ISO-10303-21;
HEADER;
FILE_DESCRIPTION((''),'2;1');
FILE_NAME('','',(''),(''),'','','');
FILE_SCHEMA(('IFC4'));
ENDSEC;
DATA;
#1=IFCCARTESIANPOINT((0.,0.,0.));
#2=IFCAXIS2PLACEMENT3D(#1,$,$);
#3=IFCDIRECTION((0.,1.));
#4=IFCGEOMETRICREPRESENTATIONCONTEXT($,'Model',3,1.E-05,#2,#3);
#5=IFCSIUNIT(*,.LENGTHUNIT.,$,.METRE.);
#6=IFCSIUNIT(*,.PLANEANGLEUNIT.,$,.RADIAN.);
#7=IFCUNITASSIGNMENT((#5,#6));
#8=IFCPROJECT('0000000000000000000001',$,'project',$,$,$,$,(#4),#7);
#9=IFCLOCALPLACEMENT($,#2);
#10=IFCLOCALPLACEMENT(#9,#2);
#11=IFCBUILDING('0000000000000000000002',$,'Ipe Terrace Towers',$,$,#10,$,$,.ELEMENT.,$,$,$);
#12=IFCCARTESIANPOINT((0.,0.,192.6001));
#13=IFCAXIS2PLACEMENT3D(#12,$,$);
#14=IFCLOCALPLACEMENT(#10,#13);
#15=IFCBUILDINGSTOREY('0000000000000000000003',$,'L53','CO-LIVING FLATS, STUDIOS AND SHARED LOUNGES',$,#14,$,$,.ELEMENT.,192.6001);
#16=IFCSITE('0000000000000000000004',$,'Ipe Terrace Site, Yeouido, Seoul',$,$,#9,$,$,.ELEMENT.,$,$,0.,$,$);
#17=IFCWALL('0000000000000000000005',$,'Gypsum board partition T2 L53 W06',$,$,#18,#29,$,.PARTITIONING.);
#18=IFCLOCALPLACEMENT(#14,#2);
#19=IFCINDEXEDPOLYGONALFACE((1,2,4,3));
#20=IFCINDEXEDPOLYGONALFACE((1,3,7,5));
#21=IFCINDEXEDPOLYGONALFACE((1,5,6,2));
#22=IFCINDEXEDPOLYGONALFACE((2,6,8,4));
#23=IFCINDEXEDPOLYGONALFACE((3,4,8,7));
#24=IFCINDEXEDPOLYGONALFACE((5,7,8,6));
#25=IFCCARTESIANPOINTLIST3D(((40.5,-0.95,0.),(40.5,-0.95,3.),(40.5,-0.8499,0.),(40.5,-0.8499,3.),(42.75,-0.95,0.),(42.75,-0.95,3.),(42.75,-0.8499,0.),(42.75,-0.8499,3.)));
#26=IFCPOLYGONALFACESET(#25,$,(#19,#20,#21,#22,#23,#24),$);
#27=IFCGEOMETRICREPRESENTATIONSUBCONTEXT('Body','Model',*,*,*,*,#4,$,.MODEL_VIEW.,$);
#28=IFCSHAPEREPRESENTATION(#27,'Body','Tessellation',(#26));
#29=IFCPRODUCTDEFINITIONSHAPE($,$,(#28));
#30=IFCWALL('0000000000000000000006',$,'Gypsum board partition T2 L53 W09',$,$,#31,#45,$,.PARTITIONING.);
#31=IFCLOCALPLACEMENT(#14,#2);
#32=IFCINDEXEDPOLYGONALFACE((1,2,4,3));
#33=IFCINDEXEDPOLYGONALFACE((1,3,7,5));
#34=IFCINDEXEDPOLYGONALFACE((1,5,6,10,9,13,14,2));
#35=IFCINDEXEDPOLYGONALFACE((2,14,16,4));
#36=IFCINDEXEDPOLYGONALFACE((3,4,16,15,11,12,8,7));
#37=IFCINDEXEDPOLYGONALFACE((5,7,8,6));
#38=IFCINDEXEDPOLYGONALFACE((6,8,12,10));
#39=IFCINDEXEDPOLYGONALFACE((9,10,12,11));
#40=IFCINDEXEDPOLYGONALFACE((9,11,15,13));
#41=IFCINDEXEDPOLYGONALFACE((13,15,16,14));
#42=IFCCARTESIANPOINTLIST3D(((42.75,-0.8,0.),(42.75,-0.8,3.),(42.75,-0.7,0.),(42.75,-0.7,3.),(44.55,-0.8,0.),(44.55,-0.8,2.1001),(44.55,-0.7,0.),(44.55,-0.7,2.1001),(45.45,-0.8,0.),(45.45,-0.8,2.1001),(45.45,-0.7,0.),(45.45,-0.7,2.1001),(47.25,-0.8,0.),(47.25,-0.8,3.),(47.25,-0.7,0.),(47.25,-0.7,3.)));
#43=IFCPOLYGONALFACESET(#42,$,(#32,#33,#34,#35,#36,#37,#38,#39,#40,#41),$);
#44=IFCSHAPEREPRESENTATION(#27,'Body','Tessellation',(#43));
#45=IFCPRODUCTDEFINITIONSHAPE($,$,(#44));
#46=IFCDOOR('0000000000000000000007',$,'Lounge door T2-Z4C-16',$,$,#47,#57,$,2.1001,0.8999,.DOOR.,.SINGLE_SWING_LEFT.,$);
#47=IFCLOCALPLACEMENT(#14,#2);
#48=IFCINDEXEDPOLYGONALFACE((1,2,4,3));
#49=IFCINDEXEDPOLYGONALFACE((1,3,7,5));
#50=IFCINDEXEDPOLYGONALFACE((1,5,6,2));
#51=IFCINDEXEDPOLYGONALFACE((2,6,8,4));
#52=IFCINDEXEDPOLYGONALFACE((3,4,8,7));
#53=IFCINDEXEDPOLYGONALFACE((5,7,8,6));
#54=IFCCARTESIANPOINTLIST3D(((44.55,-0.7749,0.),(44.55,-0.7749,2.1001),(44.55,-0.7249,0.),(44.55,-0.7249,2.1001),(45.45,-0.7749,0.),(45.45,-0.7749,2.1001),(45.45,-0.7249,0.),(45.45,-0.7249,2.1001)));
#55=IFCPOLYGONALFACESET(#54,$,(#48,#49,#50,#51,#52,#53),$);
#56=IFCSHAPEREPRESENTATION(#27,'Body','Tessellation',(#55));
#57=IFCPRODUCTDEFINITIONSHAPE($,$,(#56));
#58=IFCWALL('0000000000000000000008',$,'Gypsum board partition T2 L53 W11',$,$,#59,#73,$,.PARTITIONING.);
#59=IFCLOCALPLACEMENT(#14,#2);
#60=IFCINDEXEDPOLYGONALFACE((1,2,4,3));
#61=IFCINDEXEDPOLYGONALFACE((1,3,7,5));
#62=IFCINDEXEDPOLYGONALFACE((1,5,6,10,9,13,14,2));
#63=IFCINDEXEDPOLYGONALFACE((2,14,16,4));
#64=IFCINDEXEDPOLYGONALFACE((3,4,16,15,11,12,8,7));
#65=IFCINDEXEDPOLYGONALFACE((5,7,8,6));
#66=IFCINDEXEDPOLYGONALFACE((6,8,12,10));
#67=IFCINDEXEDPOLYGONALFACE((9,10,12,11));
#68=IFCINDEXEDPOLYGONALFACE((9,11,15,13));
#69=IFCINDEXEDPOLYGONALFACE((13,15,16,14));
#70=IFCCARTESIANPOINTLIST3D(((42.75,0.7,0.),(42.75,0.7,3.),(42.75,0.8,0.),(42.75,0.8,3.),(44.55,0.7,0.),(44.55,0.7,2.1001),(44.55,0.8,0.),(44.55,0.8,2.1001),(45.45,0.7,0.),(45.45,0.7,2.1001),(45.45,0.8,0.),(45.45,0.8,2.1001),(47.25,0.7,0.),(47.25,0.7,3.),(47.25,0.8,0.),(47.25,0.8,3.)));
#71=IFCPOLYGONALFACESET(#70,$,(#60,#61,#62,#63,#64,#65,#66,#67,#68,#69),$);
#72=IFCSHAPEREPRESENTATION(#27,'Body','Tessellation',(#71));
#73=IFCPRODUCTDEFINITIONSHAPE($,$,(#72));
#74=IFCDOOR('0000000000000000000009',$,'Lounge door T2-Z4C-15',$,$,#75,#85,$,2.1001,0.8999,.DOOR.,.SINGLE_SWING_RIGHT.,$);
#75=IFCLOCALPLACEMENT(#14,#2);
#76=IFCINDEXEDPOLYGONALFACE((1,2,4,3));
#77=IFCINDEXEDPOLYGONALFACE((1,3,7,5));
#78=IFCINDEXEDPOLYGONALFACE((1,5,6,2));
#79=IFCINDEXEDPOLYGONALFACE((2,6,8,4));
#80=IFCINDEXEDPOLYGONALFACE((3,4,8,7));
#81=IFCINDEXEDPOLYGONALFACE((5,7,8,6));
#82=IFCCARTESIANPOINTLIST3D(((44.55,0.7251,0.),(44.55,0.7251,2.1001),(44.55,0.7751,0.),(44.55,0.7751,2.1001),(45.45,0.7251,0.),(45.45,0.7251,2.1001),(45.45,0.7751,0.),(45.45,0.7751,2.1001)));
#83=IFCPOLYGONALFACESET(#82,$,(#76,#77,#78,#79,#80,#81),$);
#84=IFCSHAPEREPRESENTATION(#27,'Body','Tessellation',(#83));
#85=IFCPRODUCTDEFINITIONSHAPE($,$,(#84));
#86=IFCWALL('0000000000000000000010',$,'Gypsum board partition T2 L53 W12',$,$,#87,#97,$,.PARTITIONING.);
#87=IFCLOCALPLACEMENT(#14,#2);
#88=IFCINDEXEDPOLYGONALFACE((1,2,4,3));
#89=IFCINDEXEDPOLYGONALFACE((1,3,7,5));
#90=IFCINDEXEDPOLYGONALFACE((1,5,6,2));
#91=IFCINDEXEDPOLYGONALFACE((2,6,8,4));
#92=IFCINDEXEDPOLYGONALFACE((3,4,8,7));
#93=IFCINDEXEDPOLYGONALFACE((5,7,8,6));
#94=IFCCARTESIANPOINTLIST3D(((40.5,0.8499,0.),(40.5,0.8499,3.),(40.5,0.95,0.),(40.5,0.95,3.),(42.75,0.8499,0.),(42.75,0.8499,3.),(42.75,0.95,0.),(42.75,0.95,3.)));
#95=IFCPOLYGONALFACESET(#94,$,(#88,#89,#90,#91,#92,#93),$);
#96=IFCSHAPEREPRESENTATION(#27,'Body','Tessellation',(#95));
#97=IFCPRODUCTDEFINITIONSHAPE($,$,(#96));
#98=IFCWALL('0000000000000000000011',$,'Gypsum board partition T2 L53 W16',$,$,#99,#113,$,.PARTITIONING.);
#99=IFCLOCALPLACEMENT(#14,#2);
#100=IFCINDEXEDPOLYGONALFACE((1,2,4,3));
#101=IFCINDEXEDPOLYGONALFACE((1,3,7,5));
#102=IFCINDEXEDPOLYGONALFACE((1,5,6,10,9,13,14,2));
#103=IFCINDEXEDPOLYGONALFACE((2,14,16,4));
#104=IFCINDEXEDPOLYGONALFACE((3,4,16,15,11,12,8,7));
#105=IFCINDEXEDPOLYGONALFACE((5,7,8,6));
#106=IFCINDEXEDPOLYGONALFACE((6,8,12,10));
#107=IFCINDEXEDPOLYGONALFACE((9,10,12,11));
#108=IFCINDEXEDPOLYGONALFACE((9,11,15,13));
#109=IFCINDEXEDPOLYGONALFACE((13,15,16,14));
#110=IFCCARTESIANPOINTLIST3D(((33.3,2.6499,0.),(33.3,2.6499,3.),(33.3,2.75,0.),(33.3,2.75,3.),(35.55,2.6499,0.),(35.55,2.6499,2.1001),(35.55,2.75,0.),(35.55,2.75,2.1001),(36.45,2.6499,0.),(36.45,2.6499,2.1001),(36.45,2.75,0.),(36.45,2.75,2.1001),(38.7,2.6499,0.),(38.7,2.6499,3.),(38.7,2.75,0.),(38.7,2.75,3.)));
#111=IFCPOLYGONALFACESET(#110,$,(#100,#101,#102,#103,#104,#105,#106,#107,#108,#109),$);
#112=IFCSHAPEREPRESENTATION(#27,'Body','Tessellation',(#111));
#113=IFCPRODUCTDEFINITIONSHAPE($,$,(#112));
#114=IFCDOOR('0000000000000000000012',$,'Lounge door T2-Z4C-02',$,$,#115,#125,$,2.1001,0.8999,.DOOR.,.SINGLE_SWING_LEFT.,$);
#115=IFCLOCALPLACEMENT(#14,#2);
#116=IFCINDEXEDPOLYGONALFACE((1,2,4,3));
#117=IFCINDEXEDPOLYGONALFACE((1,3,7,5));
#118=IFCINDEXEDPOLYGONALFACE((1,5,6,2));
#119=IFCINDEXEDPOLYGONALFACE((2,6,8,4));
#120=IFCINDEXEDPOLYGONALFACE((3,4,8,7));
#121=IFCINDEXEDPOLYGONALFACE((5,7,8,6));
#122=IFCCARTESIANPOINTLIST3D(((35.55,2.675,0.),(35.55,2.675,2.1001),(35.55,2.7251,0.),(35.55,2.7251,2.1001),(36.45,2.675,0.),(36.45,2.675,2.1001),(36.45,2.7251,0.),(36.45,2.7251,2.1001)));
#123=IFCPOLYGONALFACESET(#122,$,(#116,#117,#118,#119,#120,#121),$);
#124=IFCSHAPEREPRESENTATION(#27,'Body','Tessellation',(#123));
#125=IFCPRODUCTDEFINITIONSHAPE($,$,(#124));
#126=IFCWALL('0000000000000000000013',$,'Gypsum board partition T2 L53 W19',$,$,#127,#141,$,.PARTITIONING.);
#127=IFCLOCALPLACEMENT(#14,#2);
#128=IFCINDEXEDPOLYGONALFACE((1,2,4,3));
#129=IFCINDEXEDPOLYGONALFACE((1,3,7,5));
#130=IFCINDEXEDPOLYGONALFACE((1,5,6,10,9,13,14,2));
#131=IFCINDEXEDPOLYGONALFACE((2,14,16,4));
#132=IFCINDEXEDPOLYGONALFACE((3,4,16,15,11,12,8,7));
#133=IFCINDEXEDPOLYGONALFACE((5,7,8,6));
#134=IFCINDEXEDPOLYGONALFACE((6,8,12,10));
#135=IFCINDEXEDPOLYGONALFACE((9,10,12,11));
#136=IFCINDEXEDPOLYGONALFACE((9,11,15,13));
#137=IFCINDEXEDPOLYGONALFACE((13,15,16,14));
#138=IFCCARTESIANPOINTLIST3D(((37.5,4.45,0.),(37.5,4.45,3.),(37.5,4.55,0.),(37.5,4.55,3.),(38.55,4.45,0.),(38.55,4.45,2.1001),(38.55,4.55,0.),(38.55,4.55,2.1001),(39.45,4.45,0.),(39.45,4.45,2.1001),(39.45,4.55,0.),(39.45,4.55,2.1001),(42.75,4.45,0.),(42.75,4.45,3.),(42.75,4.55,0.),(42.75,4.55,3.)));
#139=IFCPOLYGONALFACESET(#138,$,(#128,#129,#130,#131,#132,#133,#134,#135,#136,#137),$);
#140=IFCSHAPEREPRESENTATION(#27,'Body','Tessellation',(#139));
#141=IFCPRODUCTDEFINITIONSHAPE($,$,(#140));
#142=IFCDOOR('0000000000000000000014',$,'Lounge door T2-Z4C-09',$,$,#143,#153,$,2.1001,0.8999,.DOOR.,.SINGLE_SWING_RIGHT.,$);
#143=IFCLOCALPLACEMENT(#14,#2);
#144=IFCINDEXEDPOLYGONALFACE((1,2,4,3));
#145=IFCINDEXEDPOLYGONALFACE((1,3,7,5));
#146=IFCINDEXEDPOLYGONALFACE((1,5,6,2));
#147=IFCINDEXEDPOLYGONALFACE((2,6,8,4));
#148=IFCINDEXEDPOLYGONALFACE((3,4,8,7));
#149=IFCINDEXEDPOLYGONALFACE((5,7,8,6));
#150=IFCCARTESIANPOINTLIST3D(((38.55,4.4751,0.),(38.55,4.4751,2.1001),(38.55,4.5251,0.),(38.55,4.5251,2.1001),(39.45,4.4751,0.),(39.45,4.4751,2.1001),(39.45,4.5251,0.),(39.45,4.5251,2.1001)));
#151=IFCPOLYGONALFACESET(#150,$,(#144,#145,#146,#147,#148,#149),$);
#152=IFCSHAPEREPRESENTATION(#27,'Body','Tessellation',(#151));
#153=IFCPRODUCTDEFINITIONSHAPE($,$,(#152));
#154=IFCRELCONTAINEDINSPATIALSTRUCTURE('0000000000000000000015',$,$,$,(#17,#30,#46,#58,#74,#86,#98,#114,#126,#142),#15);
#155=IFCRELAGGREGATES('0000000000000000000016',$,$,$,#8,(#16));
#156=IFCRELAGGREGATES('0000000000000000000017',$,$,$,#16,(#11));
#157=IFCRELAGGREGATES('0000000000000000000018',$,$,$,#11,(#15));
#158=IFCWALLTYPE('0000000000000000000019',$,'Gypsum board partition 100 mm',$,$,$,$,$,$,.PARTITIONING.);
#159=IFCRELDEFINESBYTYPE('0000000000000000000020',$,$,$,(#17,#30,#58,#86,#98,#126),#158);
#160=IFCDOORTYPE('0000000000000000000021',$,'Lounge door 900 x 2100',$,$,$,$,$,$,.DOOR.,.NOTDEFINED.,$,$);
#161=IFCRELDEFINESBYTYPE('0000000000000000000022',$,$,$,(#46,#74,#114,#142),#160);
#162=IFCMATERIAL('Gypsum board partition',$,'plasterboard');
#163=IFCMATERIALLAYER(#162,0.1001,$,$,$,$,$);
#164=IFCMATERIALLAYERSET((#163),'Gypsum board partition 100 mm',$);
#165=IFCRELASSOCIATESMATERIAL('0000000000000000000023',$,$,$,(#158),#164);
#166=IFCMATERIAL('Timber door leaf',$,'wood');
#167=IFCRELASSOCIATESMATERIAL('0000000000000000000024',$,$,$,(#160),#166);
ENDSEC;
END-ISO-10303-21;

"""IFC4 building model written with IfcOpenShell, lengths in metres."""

from ifc_helpers import new_model, si_unit, direction, frame, frame_2d, origin, place, context, subcontext, project, spatial, rectangle, extrude, material, layer, layer_set, type_object, element, fill, save


model = new_model("IFC4")

# Units and contexts
model_context = context("Model", 3, precision=1e-05, world=origin(), true_north=direction((0.0, 1.0)))
body_context = subcontext(model_context, "Body", "Model", "MODEL_VIEW")
ifc_project = project(units=[si_unit("LENGTHUNIT", "METRE"), si_unit("PLANEANGLEUNIT", "RADIAN")], contexts=[model_context])

# Site, building, storey
site_placement = place(None, origin())
site = spatial("IfcSite", under=ifc_project, at=site_placement, Name="Ipe Terrace Site, Yeouido, Seoul", CompositionType="ELEMENT", RefElevation=0.0)
building_placement = place(site_placement, origin())
building = spatial("IfcBuilding", under=site, at=building_placement, Name="Ipe Terrace Towers", CompositionType="ELEMENT")
storey_placement = place(building_placement, frame((0.0, 0.0, 192.6001)))
storey = spatial("IfcBuildingStorey", under=building, at=storey_placement, Name="L53", Description="CO-LIVING FLATS, STUDIOS AND SHARED LOUNGES", CompositionType="ELEMENT", Elevation=192.6001)

# Wall
ifc_material_1 = material(Name="Gypsum board partition", Category="plasterboard")
ifc_layer = layer(ifc_material_1, 0.1001)
ifc_layer_set = layer_set([ifc_layer], Name="Gypsum board partition 100 mm")
wall_type = type_object("IfcWallType", Name="Gypsum board partition 100 mm", PredefinedType="PARTITIONING", material=ifc_layer_set)
wall_1_placement = place(storey_placement, frame((42.75, -0.8999, 0.0), z_axis=(0.0, 0.0, 1.0), x_axis=(-1.0, 0.0, 0.0)))
element("IfcWall", 1, at=wall_1_placement, inside=storey, type_object=wall_type, Name="Gypsum board partition T2 L53 W06", PredefinedType="PARTITIONING", context=body_context, shape_type="SweptSolid", body=[
    extrude(rectangle(XDim=2.25, YDim=0.1001, at=frame_2d((1.125, 0.0))), origin(), (0.0, 0.0, 1.0), 3.0),
])

# Walls, openings, doors
wall_2_placement = place(storey_placement, frame((47.25, -0.75, 0.0), z_axis=(0.0, 0.0, 1.0), x_axis=(-1.0, 0.0, 0.0)))
wall_2 = element("IfcWall", 2, at=wall_2_placement, inside=storey, type_object=wall_type, Name="Gypsum board partition T2 L53 W09", PredefinedType="PARTITIONING", context=body_context, shape_type="SweptSolid", body=[
    extrude(rectangle(XDim=4.5, YDim=0.1001, at=frame_2d((2.25, 0.0))), origin(), (0.0, 0.0, 1.0), 3.0),
])
opening_1_placement = place(wall_2_placement, frame((1.8, 0.0, 0.0)))
opening_1 = element("IfcOpeningElement", 3, at=opening_1_placement, cuts=wall_2, PredefinedType="OPENING", context=body_context, shape_type="SweptSolid", body=[
    extrude(rectangle(XDim=0.8999, YDim=2.1001, at=frame_2d((0.45, 1.05))), frame((0.0, 0.0601, 0.0), z_axis=(0.0, -1.0, 0.0), x_axis=(1.0, 0.0, 0.0)), (0.0, 0.0, 1.0), 0.1201),
])
ifc_material_2 = material(Name="Timber door leaf", Category="wood")
door_type = type_object("IfcDoorType", Name="Lounge door 900 x 2100", OperationType="NOTDEFINED", PredefinedType="DOOR", material=ifc_material_2)
door_1_placement = place(opening_1_placement, origin())
door_1 = element("IfcDoor", 4, at=door_1_placement, inside=storey, type_object=door_type, Name="Lounge door T2-Z4C-16", OperationType="SINGLE_SWING_LEFT", OverallHeight=2.1001, OverallWidth=0.8999, PredefinedType="DOOR", context=body_context, shape_type="SweptSolid", body=[
    extrude(rectangle(XDim=0.8999, YDim=2.1001, at=frame_2d((0.45, 1.05))), frame((0.0, 0.0249, 0.0), z_axis=(0.0, -1.0, 0.0), x_axis=(1.0, 0.0, 0.0)), (0.0, 0.0, 1.0), 0.05),
])
fill(opening_1, door_1)
wall_3_placement = place(storey_placement, frame((47.25, 0.75, 0.0), z_axis=(0.0, 0.0, 1.0), x_axis=(-1.0, 0.0, 0.0)))
wall_3 = element("IfcWall", 5, at=wall_3_placement, inside=storey, type_object=wall_type, Name="Gypsum board partition T2 L53 W11", PredefinedType="PARTITIONING", context=body_context, shape_type="SweptSolid", body=[
    extrude(rectangle(XDim=4.5, YDim=0.1001, at=frame_2d((2.25, 0.0))), origin(), (0.0, 0.0, 1.0), 3.0),
])
opening_2_placement = place(wall_3_placement, frame((1.8, 0.0, 0.0)))
opening_2 = element("IfcOpeningElement", 6, at=opening_2_placement, cuts=wall_3, PredefinedType="OPENING", context=body_context, shape_type="SweptSolid", body=[
    extrude(rectangle(XDim=0.8999, YDim=2.1001, at=frame_2d((0.45, 1.05))), frame((0.0, 0.0601, 0.0), z_axis=(0.0, -1.0, 0.0), x_axis=(1.0, 0.0, 0.0)), (0.0, 0.0, 1.0), 0.1201),
])
door_2_placement = place(opening_2_placement, origin())
door_2 = element("IfcDoor", 7, at=door_2_placement, inside=storey, type_object=door_type, Name="Lounge door T2-Z4C-15", OperationType="SINGLE_SWING_RIGHT", OverallHeight=2.1001, OverallWidth=0.8999, PredefinedType="DOOR", context=body_context, shape_type="SweptSolid", body=[
    extrude(rectangle(XDim=0.8999, YDim=2.1001, at=frame_2d((0.45, 1.05))), frame((0.0, 0.0249, 0.0), z_axis=(0.0, -1.0, 0.0), x_axis=(1.0, 0.0, 0.0)), (0.0, 0.0, 1.0), 0.05),
])
fill(opening_2, door_2)

# Wall
wall_4_placement = place(storey_placement, frame((42.75, 0.8999, 0.0), z_axis=(0.0, 0.0, 1.0), x_axis=(-1.0, 0.0, 0.0)))
element("IfcWall", 8, at=wall_4_placement, inside=storey, type_object=wall_type, Name="Gypsum board partition T2 L53 W12", PredefinedType="PARTITIONING", context=body_context, shape_type="SweptSolid", body=[
    extrude(rectangle(XDim=2.25, YDim=0.1001, at=frame_2d((1.125, 0.0))), origin(), (0.0, 0.0, 1.0), 3.0),
])

# Walls, openings, doors
wall_5_placement = place(storey_placement, frame((38.7, 2.7, 0.0), z_axis=(0.0, 0.0, 1.0), x_axis=(-1.0, 0.0, 0.0)))
wall_5 = element("IfcWall", 9, at=wall_5_placement, inside=storey, type_object=wall_type, Name="Gypsum board partition T2 L53 W16", PredefinedType="PARTITIONING", context=body_context, shape_type="SweptSolid", body=[
    extrude(rectangle(XDim=5.3999, YDim=0.1001, at=frame_2d((2.7, 0.0))), origin(), (0.0, 0.0, 1.0), 3.0),
])
opening_3_placement = place(wall_5_placement, frame((2.25, 0.0, 0.0)))
opening_3 = element("IfcOpeningElement", 10, at=opening_3_placement, cuts=wall_5, PredefinedType="OPENING", context=body_context, shape_type="SweptSolid", body=[
    extrude(rectangle(XDim=0.8999, YDim=2.1001, at=frame_2d((0.45, 1.05))), frame((0.0, 0.0601, 0.0), z_axis=(0.0, -1.0, 0.0), x_axis=(1.0, 0.0, 0.0)), (0.0, 0.0, 1.0), 0.1201),
])
door_3_placement = place(opening_3_placement, origin())
door_3 = element("IfcDoor", 11, at=door_3_placement, inside=storey, type_object=door_type, Name="Lounge door T2-Z4C-02", OperationType="SINGLE_SWING_LEFT", OverallHeight=2.1001, OverallWidth=0.8999, PredefinedType="DOOR", context=body_context, shape_type="SweptSolid", body=[
    extrude(rectangle(XDim=0.8999, YDim=2.1001, at=frame_2d((0.45, 1.05))), frame((0.0, 0.0249, 0.0), z_axis=(0.0, -1.0, 0.0), x_axis=(1.0, 0.0, 0.0)), (0.0, 0.0, 1.0), 0.05),
])
fill(opening_3, door_3)
wall_6_placement = place(storey_placement, frame((42.75, 4.5, 0.0), z_axis=(0.0, 0.0, 1.0), x_axis=(-1.0, 0.0, 0.0)))
wall_6 = element("IfcWall", 12, at=wall_6_placement, inside=storey, type_object=wall_type, Name="Gypsum board partition T2 L53 W19", PredefinedType="PARTITIONING", context=body_context, shape_type="SweptSolid", body=[
    extrude(rectangle(XDim=5.25, YDim=0.1001, at=frame_2d((2.625, 0.0))), origin(), (0.0, 0.0, 1.0), 3.0),
])
opening_4_placement = place(wall_6_placement, frame((3.3, 0.0, 0.0)))
opening_4 = element("IfcOpeningElement", 13, at=opening_4_placement, cuts=wall_6, PredefinedType="OPENING", context=body_context, shape_type="SweptSolid", body=[
    extrude(rectangle(XDim=0.8999, YDim=2.1001, at=frame_2d((0.45, 1.05))), frame((0.0, 0.0601, 0.0), z_axis=(0.0, -1.0, 0.0), x_axis=(1.0, 0.0, 0.0)), (0.0, 0.0, 1.0), 0.1201),
])
door_4_placement = place(opening_4_placement, origin())
door_4 = element("IfcDoor", 14, at=door_4_placement, inside=storey, type_object=door_type, Name="Lounge door T2-Z4C-09", OperationType="SINGLE_SWING_RIGHT", OverallHeight=2.1001, OverallWidth=0.8999, PredefinedType="DOOR", context=body_context, shape_type="SweptSolid", body=[
    extrude(rectangle(XDim=0.8999, YDim=2.1001, at=frame_2d((0.45, 1.05))), frame((0.0, 0.0249, 0.0), z_axis=(0.0, -1.0, 0.0), x_axis=(1.0, 0.0, 0.0)), (0.0, 0.0, 1.0), 0.05),
])
fill(opening_4, door_4)

save(model, "model.ifc")
